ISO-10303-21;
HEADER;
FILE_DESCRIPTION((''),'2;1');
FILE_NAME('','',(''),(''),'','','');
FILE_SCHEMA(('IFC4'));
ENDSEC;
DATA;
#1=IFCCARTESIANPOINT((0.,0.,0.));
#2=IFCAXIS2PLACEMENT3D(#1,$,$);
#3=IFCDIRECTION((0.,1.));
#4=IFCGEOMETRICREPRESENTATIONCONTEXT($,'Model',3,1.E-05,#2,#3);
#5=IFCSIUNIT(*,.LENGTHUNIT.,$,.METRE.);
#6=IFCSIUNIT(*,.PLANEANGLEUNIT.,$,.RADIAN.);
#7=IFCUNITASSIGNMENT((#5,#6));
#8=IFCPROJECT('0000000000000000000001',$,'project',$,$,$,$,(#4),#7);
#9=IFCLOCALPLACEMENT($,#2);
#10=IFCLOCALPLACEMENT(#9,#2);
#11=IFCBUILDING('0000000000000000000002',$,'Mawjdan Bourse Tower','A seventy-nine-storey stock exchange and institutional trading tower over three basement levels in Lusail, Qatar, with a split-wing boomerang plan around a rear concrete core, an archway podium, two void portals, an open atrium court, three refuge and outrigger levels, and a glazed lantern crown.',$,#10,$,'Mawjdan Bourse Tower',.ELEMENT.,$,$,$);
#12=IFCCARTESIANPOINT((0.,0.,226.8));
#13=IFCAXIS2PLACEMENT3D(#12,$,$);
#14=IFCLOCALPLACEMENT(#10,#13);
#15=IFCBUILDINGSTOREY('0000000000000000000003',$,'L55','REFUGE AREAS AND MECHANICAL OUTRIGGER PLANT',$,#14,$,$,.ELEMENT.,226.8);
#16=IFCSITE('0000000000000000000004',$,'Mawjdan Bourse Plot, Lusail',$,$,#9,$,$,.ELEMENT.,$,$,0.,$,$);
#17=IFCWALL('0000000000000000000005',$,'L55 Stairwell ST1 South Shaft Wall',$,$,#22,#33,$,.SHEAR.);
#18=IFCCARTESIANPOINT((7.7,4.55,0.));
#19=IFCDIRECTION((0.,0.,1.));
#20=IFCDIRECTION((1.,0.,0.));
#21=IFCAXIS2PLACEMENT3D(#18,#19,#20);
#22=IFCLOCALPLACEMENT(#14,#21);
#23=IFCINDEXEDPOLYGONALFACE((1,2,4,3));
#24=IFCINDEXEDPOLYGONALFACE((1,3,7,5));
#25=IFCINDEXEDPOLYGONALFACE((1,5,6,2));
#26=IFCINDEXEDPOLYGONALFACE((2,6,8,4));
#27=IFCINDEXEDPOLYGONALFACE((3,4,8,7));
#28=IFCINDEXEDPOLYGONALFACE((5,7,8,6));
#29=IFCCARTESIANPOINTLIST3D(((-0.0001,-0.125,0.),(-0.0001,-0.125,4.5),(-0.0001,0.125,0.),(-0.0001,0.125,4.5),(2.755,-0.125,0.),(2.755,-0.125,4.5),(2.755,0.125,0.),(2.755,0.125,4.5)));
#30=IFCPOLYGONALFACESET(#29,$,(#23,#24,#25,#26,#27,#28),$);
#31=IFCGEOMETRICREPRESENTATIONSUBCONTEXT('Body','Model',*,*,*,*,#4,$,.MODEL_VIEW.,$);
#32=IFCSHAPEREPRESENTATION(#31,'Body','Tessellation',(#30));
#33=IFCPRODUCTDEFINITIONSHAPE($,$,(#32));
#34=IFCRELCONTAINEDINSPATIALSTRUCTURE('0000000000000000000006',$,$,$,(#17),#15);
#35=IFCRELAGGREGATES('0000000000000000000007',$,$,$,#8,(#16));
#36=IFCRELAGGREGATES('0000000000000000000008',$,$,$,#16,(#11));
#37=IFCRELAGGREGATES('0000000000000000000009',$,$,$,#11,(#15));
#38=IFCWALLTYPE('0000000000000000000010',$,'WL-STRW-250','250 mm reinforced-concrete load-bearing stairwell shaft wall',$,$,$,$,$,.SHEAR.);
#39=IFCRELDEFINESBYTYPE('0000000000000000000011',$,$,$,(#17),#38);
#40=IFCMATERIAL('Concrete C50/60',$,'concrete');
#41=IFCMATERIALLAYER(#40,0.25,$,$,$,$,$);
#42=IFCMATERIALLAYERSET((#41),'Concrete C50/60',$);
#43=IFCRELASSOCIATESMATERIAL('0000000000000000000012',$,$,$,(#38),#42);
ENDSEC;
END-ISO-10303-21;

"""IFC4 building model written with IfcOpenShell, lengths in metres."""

from ifc_helpers import new_model, si_unit, direction, frame, frame_2d, origin, place, context, subcontext, project, spatial, rectangle, extrude, material, layer, layer_set, type_object, element, save


model = new_model("IFC4")

# Units and contexts
model_context = context("Model", 3, precision=1e-05, world=origin(), true_north=direction((0.0, 1.0)))
body_context = subcontext(model_context, "Body", "Model", "MODEL_VIEW")
ifc_project = project(units=[si_unit("LENGTHUNIT", "METRE"), si_unit("PLANEANGLEUNIT", "RADIAN")], contexts=[model_context])

# Site, building, storey
site_placement = place(None, origin())
site = spatial("IfcSite", under=ifc_project, at=site_placement, Name="Mawjdan Bourse Plot, Lusail", CompositionType="ELEMENT", RefElevation=0.0)
building_placement = place(site_placement, origin())
building = spatial("IfcBuilding", under=site, at=building_placement, Name="Mawjdan Bourse Tower", Description="A seventy-nine-storey stock exchange and institutional trading tower over three basement levels in Lusail, Qatar, with a split-wing boomerang plan around a rear concrete core, an archway podium, two void portals, an open atrium court, three refuge and outrigger levels, and a glazed lantern crown.", LongName="Mawjdan Bourse Tower", CompositionType="ELEMENT")
storey_placement = place(building_placement, frame((0.0, 0.0, 226.8)))
storey = spatial("IfcBuildingStorey", under=building, at=storey_placement, Name="L55", Description="REFUGE AREAS AND MECHANICAL OUTRIGGER PLANT", CompositionType="ELEMENT", Elevation=226.8)

# Shared definitions
ifc_material_1 = material(Name="Concrete C50/60", Category="concrete")

# Wall
ifc_layer_1 = layer(ifc_material_1, 0.25)
ifc_layer_set_1 = layer_set([ifc_layer_1], Name="Concrete C50/60")
wall_type_1 = type_object("IfcWallType", Name="WL-STRW-250", Description="250 mm reinforced-concrete load-bearing stairwell shaft wall", PredefinedType="SHEAR", material=ifc_layer_set_1)
wall_1_placement = place(storey_placement, frame((7.7, 4.55, 0.0), z_axis=(0.0, 0.0, 1.0), x_axis=(1.0, 0.0, 0.0)))
element("IfcWall", 1, at=wall_1_placement, inside=storey, type_object=wall_type_1, Name="L55 Stairwell ST1 South Shaft Wall", PredefinedType="SHEAR", context=body_context, shape_type="SweptSolid", body=[
    extrude(rectangle(XDim=2.7551, YDim=0.25, at=frame_2d((1.3774, 0.0))), origin(), (0.0, 0.0, 1.0), 4.5),
])

save(model, "model.ifc")
